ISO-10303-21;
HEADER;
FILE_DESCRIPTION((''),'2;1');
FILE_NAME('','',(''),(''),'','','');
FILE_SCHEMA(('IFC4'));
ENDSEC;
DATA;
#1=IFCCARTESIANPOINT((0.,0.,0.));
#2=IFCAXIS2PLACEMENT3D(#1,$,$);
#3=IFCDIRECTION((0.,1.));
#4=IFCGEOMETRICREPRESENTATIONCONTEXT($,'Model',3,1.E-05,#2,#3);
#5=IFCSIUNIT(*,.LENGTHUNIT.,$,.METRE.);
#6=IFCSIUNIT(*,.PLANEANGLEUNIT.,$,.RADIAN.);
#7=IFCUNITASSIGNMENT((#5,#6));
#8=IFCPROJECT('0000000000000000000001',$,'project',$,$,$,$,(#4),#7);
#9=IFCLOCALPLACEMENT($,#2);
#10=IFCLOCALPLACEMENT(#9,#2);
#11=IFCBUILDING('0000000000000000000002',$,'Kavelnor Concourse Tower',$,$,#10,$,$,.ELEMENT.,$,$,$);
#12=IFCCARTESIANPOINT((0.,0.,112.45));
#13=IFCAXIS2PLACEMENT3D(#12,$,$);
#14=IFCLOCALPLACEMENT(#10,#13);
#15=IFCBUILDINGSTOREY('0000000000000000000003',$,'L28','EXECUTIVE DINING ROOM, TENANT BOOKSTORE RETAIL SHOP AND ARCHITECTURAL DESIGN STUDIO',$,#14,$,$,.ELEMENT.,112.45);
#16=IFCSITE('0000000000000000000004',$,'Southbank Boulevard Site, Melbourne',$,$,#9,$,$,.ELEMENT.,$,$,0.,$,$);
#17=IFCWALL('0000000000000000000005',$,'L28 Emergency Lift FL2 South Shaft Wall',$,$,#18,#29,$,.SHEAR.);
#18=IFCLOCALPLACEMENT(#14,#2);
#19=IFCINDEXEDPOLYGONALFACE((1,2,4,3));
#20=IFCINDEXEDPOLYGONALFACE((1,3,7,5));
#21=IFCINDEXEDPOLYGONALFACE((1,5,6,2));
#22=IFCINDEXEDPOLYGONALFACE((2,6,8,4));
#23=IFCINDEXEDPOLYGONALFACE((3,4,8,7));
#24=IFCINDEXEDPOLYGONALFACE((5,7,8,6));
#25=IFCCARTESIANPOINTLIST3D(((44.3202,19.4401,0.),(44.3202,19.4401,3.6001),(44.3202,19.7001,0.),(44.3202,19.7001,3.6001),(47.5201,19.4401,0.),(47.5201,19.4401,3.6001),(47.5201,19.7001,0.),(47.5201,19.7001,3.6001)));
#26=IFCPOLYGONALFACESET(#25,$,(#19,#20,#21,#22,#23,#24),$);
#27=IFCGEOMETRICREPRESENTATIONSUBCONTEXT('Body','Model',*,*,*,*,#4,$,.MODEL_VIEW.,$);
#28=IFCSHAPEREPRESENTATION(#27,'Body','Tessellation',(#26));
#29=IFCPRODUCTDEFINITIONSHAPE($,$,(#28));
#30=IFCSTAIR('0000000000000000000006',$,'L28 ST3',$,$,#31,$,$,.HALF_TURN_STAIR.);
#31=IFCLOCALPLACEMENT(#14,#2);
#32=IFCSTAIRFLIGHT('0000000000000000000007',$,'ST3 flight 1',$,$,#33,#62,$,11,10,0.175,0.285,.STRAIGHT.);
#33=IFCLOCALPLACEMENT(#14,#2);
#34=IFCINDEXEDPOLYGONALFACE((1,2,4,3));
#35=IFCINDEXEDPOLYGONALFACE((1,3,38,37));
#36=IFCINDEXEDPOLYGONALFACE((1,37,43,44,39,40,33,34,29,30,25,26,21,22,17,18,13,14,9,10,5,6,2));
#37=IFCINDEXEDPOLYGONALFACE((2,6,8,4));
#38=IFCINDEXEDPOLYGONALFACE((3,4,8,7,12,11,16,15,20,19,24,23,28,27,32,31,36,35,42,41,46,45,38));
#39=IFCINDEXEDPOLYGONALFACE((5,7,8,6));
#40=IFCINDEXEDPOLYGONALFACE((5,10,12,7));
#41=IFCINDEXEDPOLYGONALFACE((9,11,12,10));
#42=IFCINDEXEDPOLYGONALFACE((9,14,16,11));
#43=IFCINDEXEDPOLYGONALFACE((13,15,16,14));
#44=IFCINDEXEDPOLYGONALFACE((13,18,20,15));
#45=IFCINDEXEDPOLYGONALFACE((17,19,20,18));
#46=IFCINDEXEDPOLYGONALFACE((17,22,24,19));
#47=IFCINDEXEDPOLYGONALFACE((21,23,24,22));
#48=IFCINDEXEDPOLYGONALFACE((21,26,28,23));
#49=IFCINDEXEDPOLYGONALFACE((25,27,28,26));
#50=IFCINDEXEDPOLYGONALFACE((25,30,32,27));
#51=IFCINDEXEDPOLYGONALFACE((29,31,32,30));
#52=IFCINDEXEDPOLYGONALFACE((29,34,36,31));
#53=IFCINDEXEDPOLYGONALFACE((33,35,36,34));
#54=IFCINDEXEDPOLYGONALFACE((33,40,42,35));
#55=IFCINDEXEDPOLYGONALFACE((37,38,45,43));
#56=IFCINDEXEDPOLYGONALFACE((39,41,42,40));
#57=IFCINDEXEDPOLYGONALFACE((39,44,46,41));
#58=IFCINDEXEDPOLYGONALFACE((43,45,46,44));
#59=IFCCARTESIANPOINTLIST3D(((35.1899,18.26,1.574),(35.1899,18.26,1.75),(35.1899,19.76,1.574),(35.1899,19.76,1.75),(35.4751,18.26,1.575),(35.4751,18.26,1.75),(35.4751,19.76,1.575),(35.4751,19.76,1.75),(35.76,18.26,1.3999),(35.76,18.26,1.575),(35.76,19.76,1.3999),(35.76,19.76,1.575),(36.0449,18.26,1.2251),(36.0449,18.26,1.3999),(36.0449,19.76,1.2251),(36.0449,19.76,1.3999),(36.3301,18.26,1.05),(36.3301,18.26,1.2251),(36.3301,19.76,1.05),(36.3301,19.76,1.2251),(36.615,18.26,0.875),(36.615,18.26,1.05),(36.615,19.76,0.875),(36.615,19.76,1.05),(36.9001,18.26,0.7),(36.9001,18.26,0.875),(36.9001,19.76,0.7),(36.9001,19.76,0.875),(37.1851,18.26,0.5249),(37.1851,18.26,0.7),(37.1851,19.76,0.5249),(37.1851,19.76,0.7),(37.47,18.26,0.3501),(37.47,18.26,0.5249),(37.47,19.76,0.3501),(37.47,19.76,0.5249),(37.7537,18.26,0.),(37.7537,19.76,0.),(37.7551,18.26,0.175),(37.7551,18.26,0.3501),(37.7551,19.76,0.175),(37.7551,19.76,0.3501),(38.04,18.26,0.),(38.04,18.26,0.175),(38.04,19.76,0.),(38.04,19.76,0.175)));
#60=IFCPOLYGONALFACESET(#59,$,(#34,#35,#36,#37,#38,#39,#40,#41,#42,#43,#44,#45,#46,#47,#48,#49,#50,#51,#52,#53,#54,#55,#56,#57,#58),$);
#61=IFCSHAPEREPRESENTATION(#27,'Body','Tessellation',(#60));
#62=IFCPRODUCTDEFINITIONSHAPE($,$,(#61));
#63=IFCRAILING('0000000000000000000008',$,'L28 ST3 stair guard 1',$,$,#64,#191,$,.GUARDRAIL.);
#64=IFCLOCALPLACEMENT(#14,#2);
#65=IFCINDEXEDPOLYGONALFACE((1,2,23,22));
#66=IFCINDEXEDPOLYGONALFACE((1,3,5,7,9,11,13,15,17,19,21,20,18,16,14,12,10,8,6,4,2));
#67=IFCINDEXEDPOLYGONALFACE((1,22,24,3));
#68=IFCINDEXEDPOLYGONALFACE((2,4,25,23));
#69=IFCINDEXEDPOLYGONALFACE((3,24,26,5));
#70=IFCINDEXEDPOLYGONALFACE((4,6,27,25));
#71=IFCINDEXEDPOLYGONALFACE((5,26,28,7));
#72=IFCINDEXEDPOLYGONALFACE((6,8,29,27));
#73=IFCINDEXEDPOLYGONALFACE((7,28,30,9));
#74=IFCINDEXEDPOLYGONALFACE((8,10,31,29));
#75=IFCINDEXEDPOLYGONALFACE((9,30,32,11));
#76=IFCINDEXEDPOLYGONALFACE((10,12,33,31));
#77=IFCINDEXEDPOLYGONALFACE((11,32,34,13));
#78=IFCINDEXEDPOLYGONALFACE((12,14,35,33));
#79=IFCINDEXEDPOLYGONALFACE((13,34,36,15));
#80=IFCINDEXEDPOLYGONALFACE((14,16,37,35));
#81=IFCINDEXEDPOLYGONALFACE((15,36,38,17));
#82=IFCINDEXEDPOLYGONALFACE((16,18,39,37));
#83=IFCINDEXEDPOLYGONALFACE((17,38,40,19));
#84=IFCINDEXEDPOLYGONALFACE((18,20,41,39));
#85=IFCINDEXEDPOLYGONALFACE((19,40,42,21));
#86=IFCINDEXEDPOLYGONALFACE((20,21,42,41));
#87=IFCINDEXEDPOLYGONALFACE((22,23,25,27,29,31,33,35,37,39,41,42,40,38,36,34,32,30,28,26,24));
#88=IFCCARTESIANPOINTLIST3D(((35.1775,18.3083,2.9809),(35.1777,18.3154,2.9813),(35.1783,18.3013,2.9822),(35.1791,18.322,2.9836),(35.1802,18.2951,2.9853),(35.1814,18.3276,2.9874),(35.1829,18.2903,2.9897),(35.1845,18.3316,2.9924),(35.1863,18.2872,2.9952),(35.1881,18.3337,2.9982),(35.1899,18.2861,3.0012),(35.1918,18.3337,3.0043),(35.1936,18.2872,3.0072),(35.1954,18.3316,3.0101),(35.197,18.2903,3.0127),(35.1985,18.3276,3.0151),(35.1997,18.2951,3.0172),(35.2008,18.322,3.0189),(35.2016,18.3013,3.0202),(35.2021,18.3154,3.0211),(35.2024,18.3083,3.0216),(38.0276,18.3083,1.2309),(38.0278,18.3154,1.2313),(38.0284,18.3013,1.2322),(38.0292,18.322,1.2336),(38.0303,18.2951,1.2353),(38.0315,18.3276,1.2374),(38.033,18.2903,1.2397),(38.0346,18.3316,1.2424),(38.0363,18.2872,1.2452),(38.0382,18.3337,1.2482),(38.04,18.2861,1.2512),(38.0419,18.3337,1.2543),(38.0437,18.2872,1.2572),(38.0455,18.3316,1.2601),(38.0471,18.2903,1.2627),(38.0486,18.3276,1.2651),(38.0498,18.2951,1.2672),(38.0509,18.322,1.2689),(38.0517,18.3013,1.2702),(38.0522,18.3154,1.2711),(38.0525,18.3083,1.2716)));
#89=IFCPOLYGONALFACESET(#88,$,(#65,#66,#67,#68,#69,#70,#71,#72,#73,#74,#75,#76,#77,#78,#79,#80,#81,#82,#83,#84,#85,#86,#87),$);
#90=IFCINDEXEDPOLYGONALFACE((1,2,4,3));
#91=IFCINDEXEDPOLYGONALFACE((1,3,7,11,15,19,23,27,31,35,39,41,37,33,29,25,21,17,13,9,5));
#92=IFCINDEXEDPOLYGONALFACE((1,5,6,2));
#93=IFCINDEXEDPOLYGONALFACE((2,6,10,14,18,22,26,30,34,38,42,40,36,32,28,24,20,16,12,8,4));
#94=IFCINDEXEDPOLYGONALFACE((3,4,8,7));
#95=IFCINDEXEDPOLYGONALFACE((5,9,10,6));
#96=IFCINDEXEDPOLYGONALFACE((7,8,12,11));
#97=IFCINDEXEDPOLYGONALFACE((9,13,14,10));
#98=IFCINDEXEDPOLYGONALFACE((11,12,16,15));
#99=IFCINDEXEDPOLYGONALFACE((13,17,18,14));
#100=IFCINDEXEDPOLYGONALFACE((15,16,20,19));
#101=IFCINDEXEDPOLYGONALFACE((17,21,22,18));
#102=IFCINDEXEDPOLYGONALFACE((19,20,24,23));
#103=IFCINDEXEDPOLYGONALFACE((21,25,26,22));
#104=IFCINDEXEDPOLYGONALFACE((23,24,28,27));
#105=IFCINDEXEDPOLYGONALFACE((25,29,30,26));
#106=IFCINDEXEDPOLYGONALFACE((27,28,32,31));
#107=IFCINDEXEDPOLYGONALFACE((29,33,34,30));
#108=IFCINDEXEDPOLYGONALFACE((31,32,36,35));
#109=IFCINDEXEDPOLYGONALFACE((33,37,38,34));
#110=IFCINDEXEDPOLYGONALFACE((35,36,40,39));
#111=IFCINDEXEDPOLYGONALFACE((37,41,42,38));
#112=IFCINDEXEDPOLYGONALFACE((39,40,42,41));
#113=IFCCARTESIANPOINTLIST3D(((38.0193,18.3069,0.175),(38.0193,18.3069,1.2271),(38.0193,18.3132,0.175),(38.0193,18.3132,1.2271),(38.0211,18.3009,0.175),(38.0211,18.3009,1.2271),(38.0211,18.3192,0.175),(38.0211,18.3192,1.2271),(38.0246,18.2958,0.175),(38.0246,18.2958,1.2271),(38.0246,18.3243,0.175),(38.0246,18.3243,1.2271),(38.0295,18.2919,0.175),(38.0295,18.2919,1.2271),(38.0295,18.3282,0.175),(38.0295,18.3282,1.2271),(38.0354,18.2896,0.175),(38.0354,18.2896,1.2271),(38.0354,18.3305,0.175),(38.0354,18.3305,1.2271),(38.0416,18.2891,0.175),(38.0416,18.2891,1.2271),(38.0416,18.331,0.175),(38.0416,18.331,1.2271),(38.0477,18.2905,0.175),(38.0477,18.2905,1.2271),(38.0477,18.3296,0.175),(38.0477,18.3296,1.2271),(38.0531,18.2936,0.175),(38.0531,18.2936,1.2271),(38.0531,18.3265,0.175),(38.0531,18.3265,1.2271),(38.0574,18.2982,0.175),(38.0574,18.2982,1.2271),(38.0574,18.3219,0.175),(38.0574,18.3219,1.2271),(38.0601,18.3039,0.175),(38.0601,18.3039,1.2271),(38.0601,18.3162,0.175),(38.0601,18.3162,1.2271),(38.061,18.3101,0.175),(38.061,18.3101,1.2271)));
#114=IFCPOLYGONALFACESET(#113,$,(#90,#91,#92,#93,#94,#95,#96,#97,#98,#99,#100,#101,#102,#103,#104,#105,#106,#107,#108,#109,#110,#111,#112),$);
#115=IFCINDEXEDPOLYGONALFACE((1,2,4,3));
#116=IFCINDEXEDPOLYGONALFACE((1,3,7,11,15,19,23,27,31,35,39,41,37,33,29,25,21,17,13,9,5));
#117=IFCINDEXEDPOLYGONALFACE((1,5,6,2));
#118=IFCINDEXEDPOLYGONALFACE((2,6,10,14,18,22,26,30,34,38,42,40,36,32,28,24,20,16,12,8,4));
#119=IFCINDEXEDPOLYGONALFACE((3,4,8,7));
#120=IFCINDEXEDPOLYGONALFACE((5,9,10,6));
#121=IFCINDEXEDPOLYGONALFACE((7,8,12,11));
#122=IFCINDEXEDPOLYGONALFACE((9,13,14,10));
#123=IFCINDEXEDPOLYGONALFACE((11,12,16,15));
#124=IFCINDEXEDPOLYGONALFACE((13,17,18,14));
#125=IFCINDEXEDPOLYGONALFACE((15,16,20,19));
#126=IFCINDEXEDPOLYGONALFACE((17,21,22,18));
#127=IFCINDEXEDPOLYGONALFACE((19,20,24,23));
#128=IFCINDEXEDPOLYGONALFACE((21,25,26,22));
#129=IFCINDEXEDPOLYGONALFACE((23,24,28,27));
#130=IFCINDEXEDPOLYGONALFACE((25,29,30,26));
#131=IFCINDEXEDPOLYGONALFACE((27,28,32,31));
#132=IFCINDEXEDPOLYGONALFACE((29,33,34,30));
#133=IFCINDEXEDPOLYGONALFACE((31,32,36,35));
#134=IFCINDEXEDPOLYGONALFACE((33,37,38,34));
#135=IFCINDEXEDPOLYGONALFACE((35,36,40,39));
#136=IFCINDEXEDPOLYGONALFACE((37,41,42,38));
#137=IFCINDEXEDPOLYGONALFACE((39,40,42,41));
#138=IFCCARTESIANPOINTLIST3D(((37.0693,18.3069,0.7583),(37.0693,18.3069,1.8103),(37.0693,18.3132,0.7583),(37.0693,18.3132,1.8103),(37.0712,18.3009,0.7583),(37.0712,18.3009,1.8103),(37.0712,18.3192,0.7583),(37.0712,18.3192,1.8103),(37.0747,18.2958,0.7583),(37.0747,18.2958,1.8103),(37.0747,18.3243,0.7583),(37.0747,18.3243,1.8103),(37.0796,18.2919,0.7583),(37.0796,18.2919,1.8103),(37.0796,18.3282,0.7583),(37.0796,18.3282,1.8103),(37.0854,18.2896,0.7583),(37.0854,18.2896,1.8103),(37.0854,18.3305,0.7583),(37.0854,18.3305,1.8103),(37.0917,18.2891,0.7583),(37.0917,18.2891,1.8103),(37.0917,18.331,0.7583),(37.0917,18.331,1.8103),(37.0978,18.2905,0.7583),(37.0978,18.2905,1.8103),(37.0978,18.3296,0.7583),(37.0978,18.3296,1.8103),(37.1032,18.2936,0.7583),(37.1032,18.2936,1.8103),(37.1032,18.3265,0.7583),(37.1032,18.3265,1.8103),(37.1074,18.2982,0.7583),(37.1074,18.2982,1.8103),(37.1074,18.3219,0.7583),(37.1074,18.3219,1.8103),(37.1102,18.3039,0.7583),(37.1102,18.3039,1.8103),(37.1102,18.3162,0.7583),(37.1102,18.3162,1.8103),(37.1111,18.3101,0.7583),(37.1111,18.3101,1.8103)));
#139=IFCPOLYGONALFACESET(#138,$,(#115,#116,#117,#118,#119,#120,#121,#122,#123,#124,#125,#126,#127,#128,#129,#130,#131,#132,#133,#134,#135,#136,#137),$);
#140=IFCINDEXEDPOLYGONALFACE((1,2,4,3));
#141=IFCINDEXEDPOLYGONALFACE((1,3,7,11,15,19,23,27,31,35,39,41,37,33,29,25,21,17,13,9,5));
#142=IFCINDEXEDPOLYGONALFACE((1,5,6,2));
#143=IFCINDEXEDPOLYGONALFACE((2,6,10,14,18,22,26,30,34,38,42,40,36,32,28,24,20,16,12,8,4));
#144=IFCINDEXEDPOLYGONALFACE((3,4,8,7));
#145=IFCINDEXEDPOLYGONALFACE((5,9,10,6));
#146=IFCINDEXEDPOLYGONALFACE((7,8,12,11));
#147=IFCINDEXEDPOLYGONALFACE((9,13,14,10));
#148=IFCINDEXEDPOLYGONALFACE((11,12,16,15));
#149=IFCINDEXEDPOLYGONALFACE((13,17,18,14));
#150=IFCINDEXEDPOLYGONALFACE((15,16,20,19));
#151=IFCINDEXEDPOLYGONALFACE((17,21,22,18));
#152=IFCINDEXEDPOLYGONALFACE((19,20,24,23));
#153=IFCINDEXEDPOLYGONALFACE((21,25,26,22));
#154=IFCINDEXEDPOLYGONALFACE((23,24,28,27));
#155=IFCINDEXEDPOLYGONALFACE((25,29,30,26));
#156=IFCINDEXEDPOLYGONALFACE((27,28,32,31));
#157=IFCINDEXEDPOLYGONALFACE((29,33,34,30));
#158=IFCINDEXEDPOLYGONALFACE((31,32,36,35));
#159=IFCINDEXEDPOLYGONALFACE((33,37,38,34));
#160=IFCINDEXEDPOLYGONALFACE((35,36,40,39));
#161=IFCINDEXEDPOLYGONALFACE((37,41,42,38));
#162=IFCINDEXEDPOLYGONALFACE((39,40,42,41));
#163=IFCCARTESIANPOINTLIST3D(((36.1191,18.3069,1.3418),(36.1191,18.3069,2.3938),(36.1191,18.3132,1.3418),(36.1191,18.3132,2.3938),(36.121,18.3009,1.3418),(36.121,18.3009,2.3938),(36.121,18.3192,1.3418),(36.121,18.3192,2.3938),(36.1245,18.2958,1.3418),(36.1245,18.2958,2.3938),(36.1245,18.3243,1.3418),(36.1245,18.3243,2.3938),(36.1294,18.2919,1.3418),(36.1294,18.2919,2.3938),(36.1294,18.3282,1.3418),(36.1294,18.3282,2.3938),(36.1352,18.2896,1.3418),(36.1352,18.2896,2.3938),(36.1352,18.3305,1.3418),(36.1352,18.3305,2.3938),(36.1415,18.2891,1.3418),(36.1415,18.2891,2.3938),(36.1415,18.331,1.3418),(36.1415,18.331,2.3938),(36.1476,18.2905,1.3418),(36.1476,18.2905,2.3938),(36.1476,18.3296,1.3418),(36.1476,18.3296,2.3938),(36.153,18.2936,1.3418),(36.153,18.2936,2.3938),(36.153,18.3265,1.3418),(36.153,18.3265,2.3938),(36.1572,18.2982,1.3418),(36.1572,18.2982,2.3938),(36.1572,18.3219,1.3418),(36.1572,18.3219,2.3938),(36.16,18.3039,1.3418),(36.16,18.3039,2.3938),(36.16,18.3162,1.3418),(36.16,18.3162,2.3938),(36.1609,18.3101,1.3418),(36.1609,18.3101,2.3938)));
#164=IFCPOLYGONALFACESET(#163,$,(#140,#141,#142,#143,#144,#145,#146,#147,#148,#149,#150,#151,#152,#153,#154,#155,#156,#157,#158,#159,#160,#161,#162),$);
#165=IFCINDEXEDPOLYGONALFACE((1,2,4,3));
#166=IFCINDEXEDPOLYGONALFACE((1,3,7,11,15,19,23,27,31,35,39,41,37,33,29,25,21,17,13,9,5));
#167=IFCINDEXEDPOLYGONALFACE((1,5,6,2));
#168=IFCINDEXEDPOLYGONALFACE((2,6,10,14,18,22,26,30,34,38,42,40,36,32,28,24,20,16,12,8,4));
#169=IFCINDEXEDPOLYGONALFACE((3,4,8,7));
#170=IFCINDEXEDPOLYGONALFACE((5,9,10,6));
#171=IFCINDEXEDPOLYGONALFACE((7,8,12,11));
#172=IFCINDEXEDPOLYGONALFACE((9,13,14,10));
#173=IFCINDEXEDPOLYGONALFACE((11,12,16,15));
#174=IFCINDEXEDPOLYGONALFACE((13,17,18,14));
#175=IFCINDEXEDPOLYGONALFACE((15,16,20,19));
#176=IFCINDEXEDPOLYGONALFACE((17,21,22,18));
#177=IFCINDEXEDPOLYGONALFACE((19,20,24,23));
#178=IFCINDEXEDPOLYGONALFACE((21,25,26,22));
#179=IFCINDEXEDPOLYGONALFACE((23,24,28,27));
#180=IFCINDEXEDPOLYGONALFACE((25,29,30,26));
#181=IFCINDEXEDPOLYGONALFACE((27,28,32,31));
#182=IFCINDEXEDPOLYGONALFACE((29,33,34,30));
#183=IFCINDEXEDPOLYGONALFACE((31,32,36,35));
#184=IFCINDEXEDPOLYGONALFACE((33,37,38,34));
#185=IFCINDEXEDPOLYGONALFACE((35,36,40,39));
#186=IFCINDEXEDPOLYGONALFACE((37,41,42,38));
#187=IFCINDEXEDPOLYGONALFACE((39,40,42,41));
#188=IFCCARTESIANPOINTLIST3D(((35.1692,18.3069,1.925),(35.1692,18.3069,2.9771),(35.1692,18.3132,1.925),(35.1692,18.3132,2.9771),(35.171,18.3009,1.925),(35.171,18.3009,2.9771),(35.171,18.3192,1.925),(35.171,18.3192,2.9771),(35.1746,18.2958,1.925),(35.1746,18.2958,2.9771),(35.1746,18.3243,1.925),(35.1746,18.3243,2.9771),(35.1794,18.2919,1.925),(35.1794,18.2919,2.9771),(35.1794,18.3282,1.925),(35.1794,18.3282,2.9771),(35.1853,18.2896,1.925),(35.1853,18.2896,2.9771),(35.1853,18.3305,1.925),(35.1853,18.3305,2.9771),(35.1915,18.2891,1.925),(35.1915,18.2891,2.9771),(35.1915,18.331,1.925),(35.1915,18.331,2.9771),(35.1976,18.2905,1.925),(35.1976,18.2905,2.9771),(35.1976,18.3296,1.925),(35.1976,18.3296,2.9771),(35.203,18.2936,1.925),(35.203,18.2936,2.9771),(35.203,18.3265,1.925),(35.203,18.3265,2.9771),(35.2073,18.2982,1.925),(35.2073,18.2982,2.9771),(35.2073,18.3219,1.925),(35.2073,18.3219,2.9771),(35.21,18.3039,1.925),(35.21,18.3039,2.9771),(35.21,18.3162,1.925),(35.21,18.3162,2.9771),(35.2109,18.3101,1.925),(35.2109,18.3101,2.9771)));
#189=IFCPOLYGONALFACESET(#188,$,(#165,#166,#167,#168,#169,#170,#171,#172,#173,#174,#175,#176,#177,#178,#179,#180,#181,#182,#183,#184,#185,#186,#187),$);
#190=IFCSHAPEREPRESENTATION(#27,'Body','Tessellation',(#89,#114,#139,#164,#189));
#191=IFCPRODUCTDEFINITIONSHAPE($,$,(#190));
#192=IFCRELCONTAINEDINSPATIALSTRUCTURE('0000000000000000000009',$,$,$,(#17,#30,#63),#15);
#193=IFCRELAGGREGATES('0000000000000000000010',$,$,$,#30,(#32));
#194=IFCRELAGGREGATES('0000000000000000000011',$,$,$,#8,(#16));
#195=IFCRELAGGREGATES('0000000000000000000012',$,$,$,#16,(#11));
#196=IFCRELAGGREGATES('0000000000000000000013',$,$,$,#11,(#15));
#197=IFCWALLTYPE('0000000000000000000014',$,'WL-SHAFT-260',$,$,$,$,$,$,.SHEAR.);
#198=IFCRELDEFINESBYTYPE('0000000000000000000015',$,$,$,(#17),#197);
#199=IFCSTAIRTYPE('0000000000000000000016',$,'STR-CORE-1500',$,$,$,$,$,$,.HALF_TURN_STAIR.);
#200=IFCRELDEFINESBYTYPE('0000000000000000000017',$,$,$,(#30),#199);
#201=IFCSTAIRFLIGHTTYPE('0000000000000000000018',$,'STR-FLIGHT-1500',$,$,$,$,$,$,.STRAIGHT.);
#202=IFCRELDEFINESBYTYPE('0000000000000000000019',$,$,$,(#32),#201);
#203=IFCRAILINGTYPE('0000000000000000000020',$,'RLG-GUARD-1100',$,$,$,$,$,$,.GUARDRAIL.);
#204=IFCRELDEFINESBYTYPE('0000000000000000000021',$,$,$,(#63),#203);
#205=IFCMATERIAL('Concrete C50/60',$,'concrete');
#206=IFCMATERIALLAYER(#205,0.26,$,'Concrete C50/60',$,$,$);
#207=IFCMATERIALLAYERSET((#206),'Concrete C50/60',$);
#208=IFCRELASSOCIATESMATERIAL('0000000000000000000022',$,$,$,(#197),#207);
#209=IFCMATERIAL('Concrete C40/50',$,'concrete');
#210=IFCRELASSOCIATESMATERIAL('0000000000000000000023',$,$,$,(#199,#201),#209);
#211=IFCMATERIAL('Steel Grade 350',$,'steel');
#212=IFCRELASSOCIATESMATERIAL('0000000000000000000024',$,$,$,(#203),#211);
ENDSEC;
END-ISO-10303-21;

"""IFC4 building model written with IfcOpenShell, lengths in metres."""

from ifc_helpers import new_model, si_unit, direction, frame, frame_2d, origin, origin_2d, place, context, subcontext, project, spatial, polyline, rectangle, circle, outline, extrude, material, layer, layer_set, type_object, element, aggregate, save


model = new_model("IFC4")

# Units and contexts
model_context = context("Model", 3, precision=1e-05, world=origin(), true_north=direction((0.0, 1.0)))
body_context = subcontext(model_context, "Body", "Model", "MODEL_VIEW")
ifc_project = project(units=[si_unit("LENGTHUNIT", "METRE"), si_unit("PLANEANGLEUNIT", "RADIAN")], contexts=[model_context])

# Site, building, storey
site_placement = place(None, origin())
site = spatial("IfcSite", under=ifc_project, at=site_placement, Name="Southbank Boulevard Site, Melbourne", CompositionType="ELEMENT", RefElevation=0.0)
building_placement = place(site_placement, origin())
building = spatial("IfcBuilding", under=site, at=building_placement, Name="Kavelnor Concourse Tower", CompositionType="ELEMENT")
storey_placement = place(building_placement, frame((0.0, 0.0, 112.45)))
storey = spatial("IfcBuildingStorey", under=building, at=storey_placement, Name="L28", Description="EXECUTIVE DINING ROOM, TENANT BOOKSTORE RETAIL SHOP AND ARCHITECTURAL DESIGN STUDIO", CompositionType="ELEMENT", Elevation=112.45)

# Shared definitions
ifc_material_1 = material(Name="Steel Grade 350", Category="steel")

# Wall
ifc_material_2 = material(Name="Concrete C50/60", Category="concrete")
ifc_layer_1 = layer(ifc_material_2, 0.26, Name="Concrete C50/60")
ifc_layer_set_1 = layer_set([ifc_layer_1], Name="Concrete C50/60")
wall_type_1 = type_object("IfcWallType", Name="WL-SHAFT-260", PredefinedType="SHEAR", material=ifc_layer_set_1)
wall_1_placement = place(storey_placement, frame((44.3201, 19.5701, 0.0), z_axis=(0.0, 0.0, 1.0), x_axis=(1.0, 0.0, 0.0)))
element("IfcWall", 1, at=wall_1_placement, inside=storey, type_object=wall_type_1, Name="L28 Emergency Lift FL2 South Shaft Wall", PredefinedType="SHEAR", context=body_context, shape_type="SweptSolid", body=[
    extrude(rectangle(XDim=3.2, YDim=0.26, at=frame_2d((1.6001, 0.0))), origin(), (0.0, 0.0, 1.0), 3.6001),
])

# Stair, stair flight
ifc_material_3 = material(Name="Concrete C40/50", Category="concrete")
stair_type = type_object("IfcStairType", Name="STR-CORE-1500", PredefinedType="HALF_TURN_STAIR", material=ifc_material_3)
stair_placement = place(storey_placement, origin())
stair = element("IfcStair", 2, at=stair_placement, inside=storey, type_object=stair_type, Name="L28 ST3", PredefinedType="HALF_TURN_STAIR")
stair_flight_type = type_object("IfcStairFlightType", Name="STR-FLIGHT-1500", PredefinedType="STRAIGHT", material=ifc_material_3)
stair_flight_placement = place(storey_placement, frame((38.04, 19.01, 0.0), z_axis=(0.0, 0.0, 1.0), x_axis=(-1.0, 0.0, 0.0)))
stair_flight = element("IfcStairFlight", 3, at=stair_flight_placement, type_object=stair_flight_type, Name="ST3 flight 1", NumberOfRisers=11, NumberOfTreads=10, PredefinedType="STRAIGHT", RiserHeight=0.175, TreadLength=0.285, context=body_context, shape_type="SweptSolid", body=[
    extrude(outline(polyline([(0.0, 0.0), (0.0, 0.175), (0.2849, 0.175), (0.2849, 0.3501), (0.5701, 0.3501), (0.5701, 0.5249), (0.855, 0.5249), (0.855, 0.7), (1.1399, 0.7), (1.1399, 0.875), (1.425, 0.875), (1.425, 1.05), (1.71, 1.05), (1.71, 1.2251), (1.9951, 1.2251), (1.9951, 1.3999), (2.28, 1.3999), (2.28, 1.575), (2.5649, 1.575), (2.5649, 1.75), (2.8501, 1.75), (2.8501, 1.925), (2.8501, 1.574), (0.2864, 0.0), (0.0, 0.0)])), frame((0.0, 0.75, 0.0), z_axis=(0.0, -1.0, 0.0), x_axis=(1.0, 0.0, 0.0)), (0.0, 0.0, 1.0), 1.5),
])
aggregate(stair, [stair_flight])

# Railing
railing_type_1 = type_object("IfcRailingType", Name="RLG-GUARD-1100", PredefinedType="GUARDRAIL", material=ifc_material_1)
railing_1_placement = place(storey_placement, frame((38.04, 18.3101, 0.175)))
element("IfcRailing", 4, at=railing_1_placement, inside=storey, type_object=railing_type_1, Name="L28 ST3 stair guard 1", PredefinedType="GUARDRAIL", context=body_context, shape_type="SweptSolid", body=[
    extrude(circle(Radius=0.0239, at=origin_2d()), frame((0.0, 0.0, 1.0762), z_axis=(-0.852179, 0.0, 0.52325), x_axis=(0.0, -1.0, 0.0)), (0.0, 0.0, 1.0), 3.3445),
    extrude(circle(Radius=0.021, at=origin_2d()), origin(), (0.0, 0.0, 1.0), 1.052),
    extrude(circle(Radius=0.021, at=origin_2d()), frame((-0.95, 0.0, 0.5833)), (0.0, 0.0, 1.0), 1.052),
    extrude(circle(Radius=0.021, at=origin_2d()), frame((-1.9001, 0.0, 1.1667)), (0.0, 0.0, 1.0), 1.052),
    extrude(circle(Radius=0.021, at=origin_2d()), frame((-2.8501, 0.0, 1.75)), (0.0, 0.0, 1.0), 1.052),
])

save(model, "model.ifc")
